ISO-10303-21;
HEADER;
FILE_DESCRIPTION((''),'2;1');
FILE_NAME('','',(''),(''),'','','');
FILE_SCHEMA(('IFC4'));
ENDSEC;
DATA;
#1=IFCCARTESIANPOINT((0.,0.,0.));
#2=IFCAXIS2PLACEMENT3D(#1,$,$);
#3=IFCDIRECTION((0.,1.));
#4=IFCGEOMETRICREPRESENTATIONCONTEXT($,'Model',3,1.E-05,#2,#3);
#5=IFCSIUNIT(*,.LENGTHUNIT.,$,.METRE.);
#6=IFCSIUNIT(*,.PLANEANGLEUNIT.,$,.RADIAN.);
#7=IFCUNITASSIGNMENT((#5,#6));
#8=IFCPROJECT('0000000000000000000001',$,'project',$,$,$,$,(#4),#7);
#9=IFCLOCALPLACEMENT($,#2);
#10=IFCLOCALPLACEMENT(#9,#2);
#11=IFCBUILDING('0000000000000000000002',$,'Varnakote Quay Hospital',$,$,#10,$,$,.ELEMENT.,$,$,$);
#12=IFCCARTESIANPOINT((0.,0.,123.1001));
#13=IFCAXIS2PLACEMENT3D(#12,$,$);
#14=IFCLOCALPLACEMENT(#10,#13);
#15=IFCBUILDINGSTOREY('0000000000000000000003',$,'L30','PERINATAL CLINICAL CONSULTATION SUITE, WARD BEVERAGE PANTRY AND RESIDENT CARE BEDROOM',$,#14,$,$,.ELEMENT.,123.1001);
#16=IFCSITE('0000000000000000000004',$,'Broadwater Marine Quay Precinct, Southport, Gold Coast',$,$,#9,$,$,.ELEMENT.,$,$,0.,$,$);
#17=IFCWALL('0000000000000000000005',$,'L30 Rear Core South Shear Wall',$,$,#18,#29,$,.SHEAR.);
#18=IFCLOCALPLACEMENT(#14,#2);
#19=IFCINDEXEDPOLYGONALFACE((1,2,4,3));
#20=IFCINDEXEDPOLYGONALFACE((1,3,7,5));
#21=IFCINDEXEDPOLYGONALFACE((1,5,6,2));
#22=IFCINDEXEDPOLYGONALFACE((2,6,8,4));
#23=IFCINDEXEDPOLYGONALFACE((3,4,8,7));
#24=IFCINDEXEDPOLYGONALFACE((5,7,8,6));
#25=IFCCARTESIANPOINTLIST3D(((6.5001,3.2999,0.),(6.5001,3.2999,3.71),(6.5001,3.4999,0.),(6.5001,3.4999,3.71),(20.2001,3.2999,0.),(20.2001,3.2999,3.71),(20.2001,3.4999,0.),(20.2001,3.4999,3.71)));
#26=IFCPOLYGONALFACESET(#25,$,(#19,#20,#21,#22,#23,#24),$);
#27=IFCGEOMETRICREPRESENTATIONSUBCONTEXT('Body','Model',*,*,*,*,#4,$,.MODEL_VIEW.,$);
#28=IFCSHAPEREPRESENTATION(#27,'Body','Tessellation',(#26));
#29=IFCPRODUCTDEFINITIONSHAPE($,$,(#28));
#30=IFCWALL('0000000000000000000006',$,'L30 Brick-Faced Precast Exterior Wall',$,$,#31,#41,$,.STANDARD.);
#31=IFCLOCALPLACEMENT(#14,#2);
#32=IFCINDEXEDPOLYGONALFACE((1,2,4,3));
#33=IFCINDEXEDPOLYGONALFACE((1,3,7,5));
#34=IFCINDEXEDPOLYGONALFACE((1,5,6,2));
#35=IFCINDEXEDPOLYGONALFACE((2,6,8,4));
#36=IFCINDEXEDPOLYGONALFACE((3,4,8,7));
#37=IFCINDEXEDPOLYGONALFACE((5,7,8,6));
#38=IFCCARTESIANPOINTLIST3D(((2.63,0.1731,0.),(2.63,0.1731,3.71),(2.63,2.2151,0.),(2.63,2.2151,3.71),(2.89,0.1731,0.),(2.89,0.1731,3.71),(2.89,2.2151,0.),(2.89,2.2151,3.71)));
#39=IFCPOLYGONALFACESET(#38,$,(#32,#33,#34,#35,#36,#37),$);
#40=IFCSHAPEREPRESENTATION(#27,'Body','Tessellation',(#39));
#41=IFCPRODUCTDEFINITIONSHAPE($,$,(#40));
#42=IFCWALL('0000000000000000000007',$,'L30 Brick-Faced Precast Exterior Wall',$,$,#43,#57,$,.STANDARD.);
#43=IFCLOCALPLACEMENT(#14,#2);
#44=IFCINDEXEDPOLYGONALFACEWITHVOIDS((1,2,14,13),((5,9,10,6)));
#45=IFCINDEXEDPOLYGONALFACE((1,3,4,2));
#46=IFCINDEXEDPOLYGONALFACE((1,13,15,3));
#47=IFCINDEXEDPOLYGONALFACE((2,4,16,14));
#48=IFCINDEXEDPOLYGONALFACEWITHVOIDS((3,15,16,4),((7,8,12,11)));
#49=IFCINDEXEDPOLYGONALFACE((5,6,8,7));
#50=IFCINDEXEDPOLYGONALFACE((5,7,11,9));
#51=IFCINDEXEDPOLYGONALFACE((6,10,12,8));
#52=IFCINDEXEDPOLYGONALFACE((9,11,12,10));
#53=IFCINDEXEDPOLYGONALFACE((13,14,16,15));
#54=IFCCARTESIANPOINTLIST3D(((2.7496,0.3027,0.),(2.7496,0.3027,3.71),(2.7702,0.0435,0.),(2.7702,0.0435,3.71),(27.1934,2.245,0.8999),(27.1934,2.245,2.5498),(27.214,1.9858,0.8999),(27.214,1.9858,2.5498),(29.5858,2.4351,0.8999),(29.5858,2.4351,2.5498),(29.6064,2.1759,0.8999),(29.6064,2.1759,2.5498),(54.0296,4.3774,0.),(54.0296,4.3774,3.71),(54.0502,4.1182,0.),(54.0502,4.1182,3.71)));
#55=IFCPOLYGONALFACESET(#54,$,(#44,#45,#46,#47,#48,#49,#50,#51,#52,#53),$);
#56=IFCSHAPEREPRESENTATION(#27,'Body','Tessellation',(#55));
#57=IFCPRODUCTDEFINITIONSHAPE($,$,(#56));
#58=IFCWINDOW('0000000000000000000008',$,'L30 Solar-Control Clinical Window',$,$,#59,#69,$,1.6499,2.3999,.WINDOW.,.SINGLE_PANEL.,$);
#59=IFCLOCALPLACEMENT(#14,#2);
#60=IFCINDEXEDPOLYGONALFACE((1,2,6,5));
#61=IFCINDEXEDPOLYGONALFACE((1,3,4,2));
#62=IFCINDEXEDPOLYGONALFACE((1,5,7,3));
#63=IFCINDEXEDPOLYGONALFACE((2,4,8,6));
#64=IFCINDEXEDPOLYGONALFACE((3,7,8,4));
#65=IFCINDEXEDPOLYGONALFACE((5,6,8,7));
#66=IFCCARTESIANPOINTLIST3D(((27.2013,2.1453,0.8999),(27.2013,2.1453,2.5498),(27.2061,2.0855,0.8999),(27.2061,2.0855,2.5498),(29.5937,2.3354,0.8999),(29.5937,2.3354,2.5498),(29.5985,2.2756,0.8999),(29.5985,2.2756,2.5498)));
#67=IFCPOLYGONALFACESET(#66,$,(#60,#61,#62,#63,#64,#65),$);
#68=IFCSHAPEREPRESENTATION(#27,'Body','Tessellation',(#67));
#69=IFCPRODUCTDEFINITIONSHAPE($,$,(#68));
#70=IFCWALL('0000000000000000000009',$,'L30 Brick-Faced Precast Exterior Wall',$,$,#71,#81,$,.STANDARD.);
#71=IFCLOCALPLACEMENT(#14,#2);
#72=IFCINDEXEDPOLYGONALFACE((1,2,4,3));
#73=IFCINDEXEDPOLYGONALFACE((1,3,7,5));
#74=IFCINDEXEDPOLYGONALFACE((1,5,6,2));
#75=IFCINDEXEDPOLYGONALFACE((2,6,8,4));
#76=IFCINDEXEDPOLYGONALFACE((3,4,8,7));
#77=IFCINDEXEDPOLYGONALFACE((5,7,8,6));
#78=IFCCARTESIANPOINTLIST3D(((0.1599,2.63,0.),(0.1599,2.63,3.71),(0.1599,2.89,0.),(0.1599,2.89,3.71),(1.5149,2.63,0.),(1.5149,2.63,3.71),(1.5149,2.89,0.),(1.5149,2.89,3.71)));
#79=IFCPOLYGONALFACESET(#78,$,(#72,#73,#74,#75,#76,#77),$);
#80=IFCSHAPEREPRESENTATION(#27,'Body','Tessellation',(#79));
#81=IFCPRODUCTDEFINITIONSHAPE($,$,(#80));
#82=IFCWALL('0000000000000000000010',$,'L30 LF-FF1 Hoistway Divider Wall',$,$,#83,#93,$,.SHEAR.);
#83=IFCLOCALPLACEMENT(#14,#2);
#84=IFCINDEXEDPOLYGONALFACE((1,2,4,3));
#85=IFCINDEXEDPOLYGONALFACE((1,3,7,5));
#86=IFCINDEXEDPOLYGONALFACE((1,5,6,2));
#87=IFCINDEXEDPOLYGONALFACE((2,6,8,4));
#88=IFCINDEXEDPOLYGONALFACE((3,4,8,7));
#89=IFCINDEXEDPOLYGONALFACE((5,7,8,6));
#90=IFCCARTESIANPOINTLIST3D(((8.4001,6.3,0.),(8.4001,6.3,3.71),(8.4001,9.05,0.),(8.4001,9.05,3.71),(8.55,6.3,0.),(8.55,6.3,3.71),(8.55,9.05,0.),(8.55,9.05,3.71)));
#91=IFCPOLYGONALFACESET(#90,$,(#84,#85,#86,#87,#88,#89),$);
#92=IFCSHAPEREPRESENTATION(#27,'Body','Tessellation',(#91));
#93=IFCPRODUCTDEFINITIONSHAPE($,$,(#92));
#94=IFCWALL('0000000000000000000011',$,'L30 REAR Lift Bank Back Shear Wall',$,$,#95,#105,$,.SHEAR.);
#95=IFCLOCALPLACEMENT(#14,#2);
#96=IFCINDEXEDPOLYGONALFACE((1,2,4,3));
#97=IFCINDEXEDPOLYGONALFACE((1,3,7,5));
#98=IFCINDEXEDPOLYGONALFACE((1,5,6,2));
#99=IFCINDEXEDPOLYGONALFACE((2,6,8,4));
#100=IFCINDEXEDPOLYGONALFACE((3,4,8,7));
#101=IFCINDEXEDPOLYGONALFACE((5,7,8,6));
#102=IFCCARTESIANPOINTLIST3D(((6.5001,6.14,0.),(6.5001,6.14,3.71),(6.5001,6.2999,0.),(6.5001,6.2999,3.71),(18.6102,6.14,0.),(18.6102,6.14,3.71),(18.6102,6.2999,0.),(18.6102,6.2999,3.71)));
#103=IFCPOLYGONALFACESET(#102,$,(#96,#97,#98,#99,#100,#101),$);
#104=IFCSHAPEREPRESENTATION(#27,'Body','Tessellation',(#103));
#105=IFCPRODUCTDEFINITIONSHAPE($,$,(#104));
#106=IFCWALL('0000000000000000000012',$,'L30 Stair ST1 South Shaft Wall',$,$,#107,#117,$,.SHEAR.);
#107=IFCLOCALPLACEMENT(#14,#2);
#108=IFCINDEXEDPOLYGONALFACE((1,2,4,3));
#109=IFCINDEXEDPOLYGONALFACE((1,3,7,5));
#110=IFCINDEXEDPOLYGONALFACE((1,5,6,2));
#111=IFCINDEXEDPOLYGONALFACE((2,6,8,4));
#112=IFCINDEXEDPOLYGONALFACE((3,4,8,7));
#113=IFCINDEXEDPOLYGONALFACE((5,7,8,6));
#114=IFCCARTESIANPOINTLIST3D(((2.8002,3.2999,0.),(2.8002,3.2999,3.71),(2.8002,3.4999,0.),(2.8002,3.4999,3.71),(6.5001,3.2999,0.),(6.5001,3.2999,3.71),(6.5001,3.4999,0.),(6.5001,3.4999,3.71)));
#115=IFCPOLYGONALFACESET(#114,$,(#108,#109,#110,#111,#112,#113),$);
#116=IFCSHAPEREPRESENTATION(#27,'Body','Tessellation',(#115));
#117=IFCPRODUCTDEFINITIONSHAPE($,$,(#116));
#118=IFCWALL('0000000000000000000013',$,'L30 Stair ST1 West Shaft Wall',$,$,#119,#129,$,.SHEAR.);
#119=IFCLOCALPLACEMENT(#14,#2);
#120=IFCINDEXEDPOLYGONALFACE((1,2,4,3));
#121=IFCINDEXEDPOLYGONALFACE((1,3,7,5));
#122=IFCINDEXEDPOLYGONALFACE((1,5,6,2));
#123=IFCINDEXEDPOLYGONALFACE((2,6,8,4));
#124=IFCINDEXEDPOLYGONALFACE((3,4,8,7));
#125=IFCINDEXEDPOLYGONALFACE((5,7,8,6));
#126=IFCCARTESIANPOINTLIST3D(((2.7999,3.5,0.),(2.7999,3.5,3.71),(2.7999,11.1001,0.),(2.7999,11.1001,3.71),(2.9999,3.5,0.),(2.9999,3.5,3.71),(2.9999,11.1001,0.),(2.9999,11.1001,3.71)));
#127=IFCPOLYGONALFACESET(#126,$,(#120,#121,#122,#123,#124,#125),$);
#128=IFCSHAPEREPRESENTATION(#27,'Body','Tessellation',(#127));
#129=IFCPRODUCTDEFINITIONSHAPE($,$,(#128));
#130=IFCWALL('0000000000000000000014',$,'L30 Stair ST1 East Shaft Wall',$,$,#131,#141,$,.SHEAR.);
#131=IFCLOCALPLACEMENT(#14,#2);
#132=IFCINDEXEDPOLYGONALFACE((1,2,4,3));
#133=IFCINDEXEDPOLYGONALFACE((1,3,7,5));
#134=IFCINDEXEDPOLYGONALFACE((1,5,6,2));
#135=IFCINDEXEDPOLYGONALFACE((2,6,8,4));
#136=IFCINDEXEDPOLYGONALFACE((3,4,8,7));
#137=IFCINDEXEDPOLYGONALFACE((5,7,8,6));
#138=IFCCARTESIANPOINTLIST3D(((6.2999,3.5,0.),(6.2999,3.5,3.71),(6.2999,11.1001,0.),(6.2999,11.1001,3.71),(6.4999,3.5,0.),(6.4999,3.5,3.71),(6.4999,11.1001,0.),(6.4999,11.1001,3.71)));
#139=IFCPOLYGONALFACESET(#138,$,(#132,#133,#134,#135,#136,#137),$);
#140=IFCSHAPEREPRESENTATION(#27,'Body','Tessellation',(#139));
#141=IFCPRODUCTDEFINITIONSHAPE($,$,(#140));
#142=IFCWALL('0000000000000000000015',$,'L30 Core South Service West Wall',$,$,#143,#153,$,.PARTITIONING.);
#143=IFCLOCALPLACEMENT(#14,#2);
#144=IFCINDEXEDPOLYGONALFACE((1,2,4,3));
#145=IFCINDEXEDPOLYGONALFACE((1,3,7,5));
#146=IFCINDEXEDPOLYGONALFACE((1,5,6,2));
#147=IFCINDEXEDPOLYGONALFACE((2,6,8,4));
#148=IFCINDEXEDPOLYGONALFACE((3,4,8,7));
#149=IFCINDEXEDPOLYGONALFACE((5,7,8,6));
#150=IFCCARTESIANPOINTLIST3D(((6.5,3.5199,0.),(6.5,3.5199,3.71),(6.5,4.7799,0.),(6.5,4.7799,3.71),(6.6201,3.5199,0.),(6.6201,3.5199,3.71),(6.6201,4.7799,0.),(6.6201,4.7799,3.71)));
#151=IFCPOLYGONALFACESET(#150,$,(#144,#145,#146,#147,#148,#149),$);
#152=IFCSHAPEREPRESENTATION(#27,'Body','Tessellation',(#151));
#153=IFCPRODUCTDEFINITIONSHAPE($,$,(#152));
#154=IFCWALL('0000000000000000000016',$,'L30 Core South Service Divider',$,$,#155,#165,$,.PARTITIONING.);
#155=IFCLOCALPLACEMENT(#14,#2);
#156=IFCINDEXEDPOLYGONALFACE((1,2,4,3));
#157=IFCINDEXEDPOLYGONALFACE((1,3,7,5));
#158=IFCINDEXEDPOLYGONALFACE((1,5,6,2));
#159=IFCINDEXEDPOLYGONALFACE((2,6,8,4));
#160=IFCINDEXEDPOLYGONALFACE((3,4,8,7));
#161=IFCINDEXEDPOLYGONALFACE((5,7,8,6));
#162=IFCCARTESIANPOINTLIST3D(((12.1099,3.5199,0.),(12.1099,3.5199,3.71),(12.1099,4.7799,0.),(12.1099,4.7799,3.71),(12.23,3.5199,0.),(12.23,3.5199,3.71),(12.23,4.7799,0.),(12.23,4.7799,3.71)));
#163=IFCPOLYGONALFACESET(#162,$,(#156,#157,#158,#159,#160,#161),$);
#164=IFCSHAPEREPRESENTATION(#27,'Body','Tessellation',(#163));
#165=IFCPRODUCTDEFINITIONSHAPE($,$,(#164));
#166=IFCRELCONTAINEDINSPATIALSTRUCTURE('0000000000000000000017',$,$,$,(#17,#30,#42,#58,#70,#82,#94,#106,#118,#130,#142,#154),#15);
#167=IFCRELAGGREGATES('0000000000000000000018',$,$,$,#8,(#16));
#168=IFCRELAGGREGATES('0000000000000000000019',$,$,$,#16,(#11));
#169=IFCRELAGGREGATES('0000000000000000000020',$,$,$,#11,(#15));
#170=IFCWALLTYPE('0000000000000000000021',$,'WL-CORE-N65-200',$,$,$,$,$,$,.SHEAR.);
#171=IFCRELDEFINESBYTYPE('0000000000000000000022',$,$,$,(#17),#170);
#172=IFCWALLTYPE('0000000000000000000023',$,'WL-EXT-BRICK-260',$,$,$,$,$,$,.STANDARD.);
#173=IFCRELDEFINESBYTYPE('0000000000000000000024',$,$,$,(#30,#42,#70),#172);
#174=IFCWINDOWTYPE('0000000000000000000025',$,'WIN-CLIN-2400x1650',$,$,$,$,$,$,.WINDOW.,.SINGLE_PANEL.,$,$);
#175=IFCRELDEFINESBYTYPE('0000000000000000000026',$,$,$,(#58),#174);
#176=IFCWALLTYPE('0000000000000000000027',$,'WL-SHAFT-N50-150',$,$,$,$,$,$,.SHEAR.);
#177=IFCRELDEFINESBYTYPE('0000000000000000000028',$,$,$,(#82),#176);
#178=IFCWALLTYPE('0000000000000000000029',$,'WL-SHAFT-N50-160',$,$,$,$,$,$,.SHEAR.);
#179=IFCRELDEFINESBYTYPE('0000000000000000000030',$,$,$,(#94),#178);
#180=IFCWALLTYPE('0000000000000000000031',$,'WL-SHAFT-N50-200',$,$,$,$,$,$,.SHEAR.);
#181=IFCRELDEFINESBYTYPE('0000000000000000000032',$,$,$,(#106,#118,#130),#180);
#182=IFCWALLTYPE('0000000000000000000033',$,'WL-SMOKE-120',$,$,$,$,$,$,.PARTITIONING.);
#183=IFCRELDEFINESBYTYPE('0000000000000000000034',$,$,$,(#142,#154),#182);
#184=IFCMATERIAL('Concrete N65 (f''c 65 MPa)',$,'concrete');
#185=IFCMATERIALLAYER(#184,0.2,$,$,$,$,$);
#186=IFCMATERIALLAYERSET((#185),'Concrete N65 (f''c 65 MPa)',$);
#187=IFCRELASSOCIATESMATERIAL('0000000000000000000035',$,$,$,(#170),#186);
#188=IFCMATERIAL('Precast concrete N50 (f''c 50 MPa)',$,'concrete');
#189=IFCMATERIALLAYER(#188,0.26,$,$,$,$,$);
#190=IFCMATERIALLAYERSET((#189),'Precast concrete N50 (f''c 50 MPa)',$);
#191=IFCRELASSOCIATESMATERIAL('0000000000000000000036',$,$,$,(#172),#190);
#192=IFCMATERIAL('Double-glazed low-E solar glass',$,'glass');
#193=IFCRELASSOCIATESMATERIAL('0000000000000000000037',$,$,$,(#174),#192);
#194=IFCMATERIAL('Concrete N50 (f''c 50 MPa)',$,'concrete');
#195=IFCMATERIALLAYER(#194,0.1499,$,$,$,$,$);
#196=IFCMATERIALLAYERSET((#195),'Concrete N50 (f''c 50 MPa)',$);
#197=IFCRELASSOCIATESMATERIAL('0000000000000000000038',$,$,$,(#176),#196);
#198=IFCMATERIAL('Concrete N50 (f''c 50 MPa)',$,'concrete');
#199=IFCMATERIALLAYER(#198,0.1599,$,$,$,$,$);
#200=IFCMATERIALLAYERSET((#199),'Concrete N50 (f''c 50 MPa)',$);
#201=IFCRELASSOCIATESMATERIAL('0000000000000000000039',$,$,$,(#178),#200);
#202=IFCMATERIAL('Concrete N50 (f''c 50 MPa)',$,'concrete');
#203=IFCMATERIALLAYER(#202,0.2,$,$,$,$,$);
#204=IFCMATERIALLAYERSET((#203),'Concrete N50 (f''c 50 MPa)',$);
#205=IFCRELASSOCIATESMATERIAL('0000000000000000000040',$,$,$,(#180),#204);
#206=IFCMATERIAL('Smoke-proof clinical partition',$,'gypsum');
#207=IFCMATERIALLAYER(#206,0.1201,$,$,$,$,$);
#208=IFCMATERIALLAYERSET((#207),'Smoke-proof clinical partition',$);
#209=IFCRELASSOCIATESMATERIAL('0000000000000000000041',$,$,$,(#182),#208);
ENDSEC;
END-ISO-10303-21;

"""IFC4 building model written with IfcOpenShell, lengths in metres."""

from ifc_helpers import new_model, si_unit, direction, frame, frame_2d, origin, place, context, subcontext, project, spatial, rectangle, extrude, material, layer, layer_set, type_object, element, fill, save


model = new_model("IFC4")

# Units and contexts
model_context = context("Model", 3, precision=1e-05, world=origin(), true_north=direction((0.0, 1.0)))
body_context = subcontext(model_context, "Body", "Model", "MODEL_VIEW")
ifc_project = project(units=[si_unit("LENGTHUNIT", "METRE"), si_unit("PLANEANGLEUNIT", "RADIAN")], contexts=[model_context])

# Site, building, storey
site_placement = place(None, origin())
site = spatial("IfcSite", under=ifc_project, at=site_placement, Name="Broadwater Marine Quay Precinct, Southport, Gold Coast", CompositionType="ELEMENT", RefElevation=0.0)
building_placement = place(site_placement, origin())
building = spatial("IfcBuilding", under=site, at=building_placement, Name="Varnakote Quay Hospital", CompositionType="ELEMENT")
storey_placement = place(building_placement, frame((0.0, 0.0, 123.1001)))
storey = spatial("IfcBuildingStorey", under=building, at=storey_placement, Name="L30", Description="PERINATAL CLINICAL CONSULTATION SUITE, WARD BEVERAGE PANTRY AND RESIDENT CARE BEDROOM", CompositionType="ELEMENT", Elevation=123.1001)

# Walls
ifc_material_1 = material(Name="Concrete N65 (f'c 65 MPa)", Category="concrete")
ifc_layer_1 = layer(ifc_material_1, 0.2)
ifc_layer_set_1 = layer_set([ifc_layer_1], Name="Concrete N65 (f'c 65 MPa)")
wall_type_1 = type_object("IfcWallType", Name="WL-CORE-N65-200", PredefinedType="SHEAR", material=ifc_layer_set_1)
wall_1_placement = place(storey_placement, frame((6.5, 3.3999, 0.0), z_axis=(0.0, 0.0, 1.0), x_axis=(1.0, 0.0, 0.0)))
element("IfcWall", 1, at=wall_1_placement, inside=storey, type_object=wall_type_1, Name="L30 Rear Core South Shear Wall", PredefinedType="SHEAR", context=body_context, shape_type="SweptSolid", body=[
    extrude(rectangle(XDim=13.7, YDim=0.2, at=frame_2d((6.8501, 0.0))), origin(), (0.0, 0.0, 1.0), 3.71),
])
ifc_material_2 = material(Name="Precast concrete N50 (f'c 50 MPa)", Category="concrete")
ifc_layer_2 = layer(ifc_material_2, 0.26)
ifc_layer_set_2 = layer_set([ifc_layer_2], Name="Precast concrete N50 (f'c 50 MPa)")
wall_type_2 = type_object("IfcWallType", Name="WL-EXT-BRICK-260", PredefinedType="STANDARD", material=ifc_layer_set_2)
wall_2_placement = place(storey_placement, frame((2.76, 2.2151, 0.0), z_axis=(0.0, 0.0, 1.0), x_axis=(0.0, -1.0, 0.0)))
element("IfcWall", 2, at=wall_2_placement, inside=storey, type_object=wall_type_2, Name="L30 Brick-Faced Precast Exterior Wall", PredefinedType="STANDARD", context=body_context, shape_type="SweptSolid", body=[
    extrude(rectangle(XDim=2.042, YDim=0.26, at=frame_2d((1.021, 0.0))), origin(), (0.0, 0.0, 1.0), 3.71),
])

# Wall, opening, window
wall_3_placement = place(storey_placement, frame((2.76, 0.1731, 0.0), z_axis=(0.0, 0.0, 1.0), x_axis=(0.996858, 0.07921, 0.0)))
wall_3 = element("IfcWall", 3, at=wall_3_placement, inside=storey, type_object=wall_type_2, Name="L30 Brick-Faced Precast Exterior Wall", PredefinedType="STANDARD", context=body_context, shape_type="SweptSolid", body=[
    extrude(rectangle(XDim=51.4417, YDim=0.26, at=frame_2d((25.7207, 0.0))), origin(), (0.0, 0.0, 1.0), 3.71),
])
opening_1_placement = place(wall_3_placement, frame((24.5208, 0.0, 0.8999)))
opening_1 = element("IfcOpeningElement", 4, at=opening_1_placement, cuts=wall_3, PredefinedType="OPENING", context=body_context, shape_type="SweptSolid", body=[
    extrude(rectangle(XDim=2.3999, YDim=1.6499, at=frame_2d((1.2, 0.825))), frame((0.0, 0.1399, 0.0), z_axis=(0.0, -1.0, 0.0), x_axis=(1.0, 0.0, 0.0)), (0.0, 0.0, 1.0), 0.28),
])
ifc_material_3 = material(Name="Double-glazed low-E solar glass", Category="glass")
window_type = type_object("IfcWindowType", Name="WIN-CLIN-2400x1650", PartitioningType="SINGLE_PANEL", PredefinedType="WINDOW", material=ifc_material_3)
window_placement = place(opening_1_placement, origin())
window = element("IfcWindow", 5, at=window_placement, inside=storey, type_object=window_type, Name="L30 Solar-Control Clinical Window", OverallHeight=1.6499, OverallWidth=2.3999, PartitioningType="SINGLE_PANEL", PredefinedType="WINDOW", context=body_context, shape_type="SweptSolid", body=[
    extrude(rectangle(XDim=2.3999, YDim=1.6499, at=frame_2d((1.2, 0.825))), frame((0.0, 0.03, 0.0), z_axis=(0.0, -1.0, 0.0), x_axis=(1.0, 0.0, 0.0)), (0.0, 0.0, 1.0), 0.0601),
])
fill(opening_1, window)

# Walls
wall_4_placement = place(storey_placement, frame((0.1599, 2.76, 0.0), z_axis=(0.0, 0.0, 1.0), x_axis=(1.0, 0.0, 0.0)))
element("IfcWall", 6, at=wall_4_placement, inside=storey, type_object=wall_type_2, Name="L30 Brick-Faced Precast Exterior Wall", PredefinedType="STANDARD", context=body_context, shape_type="SweptSolid", body=[
    extrude(rectangle(XDim=1.355, YDim=0.26, at=frame_2d((0.6775, 0.0))), origin(), (0.0, 0.0, 1.0), 3.71),
])
ifc_material_4 = material(Name="Concrete N50 (f'c 50 MPa)", Category="concrete")
ifc_layer_3 = layer(ifc_material_4, 0.1499)
ifc_layer_set_3 = layer_set([ifc_layer_3], Name="Concrete N50 (f'c 50 MPa)")
wall_type_3 = type_object("IfcWallType", Name="WL-SHAFT-N50-150", PredefinedType="SHEAR", material=ifc_layer_set_3)
wall_5_placement = place(storey_placement, frame((8.4751, 6.3, 0.0), z_axis=(0.0, 0.0, 1.0), x_axis=(0.0, 1.0, 0.0)))
element("IfcWall", 7, at=wall_5_placement, inside=storey, type_object=wall_type_3, Name="L30 LF-FF1 Hoistway Divider Wall", PredefinedType="SHEAR", context=body_context, shape_type="SweptSolid", body=[
    extrude(rectangle(XDim=2.75, YDim=0.1499, at=frame_2d((1.375, 0.0))), origin(), (0.0, 0.0, 1.0), 3.71),
])
ifc_material_5 = material(Name="Concrete N50 (f'c 50 MPa)", Category="concrete")
ifc_layer_4 = layer(ifc_material_5, 0.1599)
ifc_layer_set_4 = layer_set([ifc_layer_4], Name="Concrete N50 (f'c 50 MPa)")
wall_type_4 = type_object("IfcWallType", Name="WL-SHAFT-N50-160", PredefinedType="SHEAR", material=ifc_layer_set_4)
wall_6_placement = place(storey_placement, frame((6.5, 6.22, 0.0), z_axis=(0.0, 0.0, 1.0), x_axis=(1.0, 0.0, 0.0)))
element("IfcWall", 8, at=wall_6_placement, inside=storey, type_object=wall_type_4, Name="L30 REAR Lift Bank Back Shear Wall", PredefinedType="SHEAR", context=body_context, shape_type="SweptSolid", body=[
    extrude(rectangle(XDim=12.1101, YDim=0.1599, at=frame_2d((6.0552, 0.0))), origin(), (0.0, 0.0, 1.0), 3.71),
])
ifc_material_6 = material(Name="Concrete N50 (f'c 50 MPa)", Category="concrete")
ifc_layer_5 = layer(ifc_material_6, 0.2)
ifc_layer_set_5 = layer_set([ifc_layer_5], Name="Concrete N50 (f'c 50 MPa)")
wall_type_5 = type_object("IfcWallType", Name="WL-SHAFT-N50-200", PredefinedType="SHEAR", material=ifc_layer_set_5)
wall_7_placement = place(storey_placement, frame((2.8, 3.3999, 0.0), z_axis=(0.0, 0.0, 1.0), x_axis=(1.0, 0.0, 0.0)))
element("IfcWall", 9, at=wall_7_placement, inside=storey, type_object=wall_type_5, Name="L30 Stair ST1 South Shaft Wall", PredefinedType="SHEAR", context=body_context, shape_type="SweptSolid", body=[
    extrude(rectangle(XDim=3.7, YDim=0.2, at=frame_2d((1.8501, 0.0))), origin(), (0.0, 0.0, 1.0), 3.71),
])
for number, where, z_axis, x_axis, name in (
    (10, (2.8999, 3.5, 0.0), (0.0, 0.0, 1.0), (0.0, 1.0, 0.0), "L30 Stair ST1 West Shaft Wall"),
    (11, (6.3999, 3.5, 0.0), (0.0, 0.0, 1.0), (0.0, 1.0, 0.0), "L30 Stair ST1 East Shaft Wall"),
):
    element("IfcWall", number, at=place(storey_placement, frame(where, z_axis=z_axis, x_axis=x_axis)), inside=storey, type_object=wall_type_5, Name=name, PredefinedType="SHEAR", context=body_context, shape_type="SweptSolid", body=[
        extrude(rectangle(XDim=7.6001, YDim=0.2, at=frame_2d((3.8, 0.0))), origin(), (0.0, 0.0, 1.0), 3.71),
    ])
ifc_material_7 = material(Name="Smoke-proof clinical partition", Category="gypsum")
ifc_layer_6 = layer(ifc_material_7, 0.1201)
ifc_layer_set_6 = layer_set([ifc_layer_6], Name="Smoke-proof clinical partition")
wall_type_6 = type_object("IfcWallType", Name="WL-SMOKE-120", PredefinedType="PARTITIONING", material=ifc_layer_set_6)
for number, where, z_axis, x_axis, name in (
    (12, (6.5601, 3.52, 0.0), (0.0, 0.0, 1.0), (0.0, 1.0, 0.0), "L30 Core South Service West Wall"),
    (13, (12.1699, 3.52, 0.0), (0.0, 0.0, 1.0), (0.0, 1.0, 0.0), "L30 Core South Service Divider"),
):
    element("IfcWall", number, at=place(storey_placement, frame(where, z_axis=z_axis, x_axis=x_axis)), inside=storey, type_object=wall_type_6, Name=name, PredefinedType="PARTITIONING", context=body_context, shape_type="SweptSolid", body=[
        extrude(rectangle(XDim=1.26, YDim=0.1201, at=frame_2d((0.6299, 0.0))), origin(), (0.0, 0.0, 1.0), 3.71),
    ])

save(model, "model.ifc")
